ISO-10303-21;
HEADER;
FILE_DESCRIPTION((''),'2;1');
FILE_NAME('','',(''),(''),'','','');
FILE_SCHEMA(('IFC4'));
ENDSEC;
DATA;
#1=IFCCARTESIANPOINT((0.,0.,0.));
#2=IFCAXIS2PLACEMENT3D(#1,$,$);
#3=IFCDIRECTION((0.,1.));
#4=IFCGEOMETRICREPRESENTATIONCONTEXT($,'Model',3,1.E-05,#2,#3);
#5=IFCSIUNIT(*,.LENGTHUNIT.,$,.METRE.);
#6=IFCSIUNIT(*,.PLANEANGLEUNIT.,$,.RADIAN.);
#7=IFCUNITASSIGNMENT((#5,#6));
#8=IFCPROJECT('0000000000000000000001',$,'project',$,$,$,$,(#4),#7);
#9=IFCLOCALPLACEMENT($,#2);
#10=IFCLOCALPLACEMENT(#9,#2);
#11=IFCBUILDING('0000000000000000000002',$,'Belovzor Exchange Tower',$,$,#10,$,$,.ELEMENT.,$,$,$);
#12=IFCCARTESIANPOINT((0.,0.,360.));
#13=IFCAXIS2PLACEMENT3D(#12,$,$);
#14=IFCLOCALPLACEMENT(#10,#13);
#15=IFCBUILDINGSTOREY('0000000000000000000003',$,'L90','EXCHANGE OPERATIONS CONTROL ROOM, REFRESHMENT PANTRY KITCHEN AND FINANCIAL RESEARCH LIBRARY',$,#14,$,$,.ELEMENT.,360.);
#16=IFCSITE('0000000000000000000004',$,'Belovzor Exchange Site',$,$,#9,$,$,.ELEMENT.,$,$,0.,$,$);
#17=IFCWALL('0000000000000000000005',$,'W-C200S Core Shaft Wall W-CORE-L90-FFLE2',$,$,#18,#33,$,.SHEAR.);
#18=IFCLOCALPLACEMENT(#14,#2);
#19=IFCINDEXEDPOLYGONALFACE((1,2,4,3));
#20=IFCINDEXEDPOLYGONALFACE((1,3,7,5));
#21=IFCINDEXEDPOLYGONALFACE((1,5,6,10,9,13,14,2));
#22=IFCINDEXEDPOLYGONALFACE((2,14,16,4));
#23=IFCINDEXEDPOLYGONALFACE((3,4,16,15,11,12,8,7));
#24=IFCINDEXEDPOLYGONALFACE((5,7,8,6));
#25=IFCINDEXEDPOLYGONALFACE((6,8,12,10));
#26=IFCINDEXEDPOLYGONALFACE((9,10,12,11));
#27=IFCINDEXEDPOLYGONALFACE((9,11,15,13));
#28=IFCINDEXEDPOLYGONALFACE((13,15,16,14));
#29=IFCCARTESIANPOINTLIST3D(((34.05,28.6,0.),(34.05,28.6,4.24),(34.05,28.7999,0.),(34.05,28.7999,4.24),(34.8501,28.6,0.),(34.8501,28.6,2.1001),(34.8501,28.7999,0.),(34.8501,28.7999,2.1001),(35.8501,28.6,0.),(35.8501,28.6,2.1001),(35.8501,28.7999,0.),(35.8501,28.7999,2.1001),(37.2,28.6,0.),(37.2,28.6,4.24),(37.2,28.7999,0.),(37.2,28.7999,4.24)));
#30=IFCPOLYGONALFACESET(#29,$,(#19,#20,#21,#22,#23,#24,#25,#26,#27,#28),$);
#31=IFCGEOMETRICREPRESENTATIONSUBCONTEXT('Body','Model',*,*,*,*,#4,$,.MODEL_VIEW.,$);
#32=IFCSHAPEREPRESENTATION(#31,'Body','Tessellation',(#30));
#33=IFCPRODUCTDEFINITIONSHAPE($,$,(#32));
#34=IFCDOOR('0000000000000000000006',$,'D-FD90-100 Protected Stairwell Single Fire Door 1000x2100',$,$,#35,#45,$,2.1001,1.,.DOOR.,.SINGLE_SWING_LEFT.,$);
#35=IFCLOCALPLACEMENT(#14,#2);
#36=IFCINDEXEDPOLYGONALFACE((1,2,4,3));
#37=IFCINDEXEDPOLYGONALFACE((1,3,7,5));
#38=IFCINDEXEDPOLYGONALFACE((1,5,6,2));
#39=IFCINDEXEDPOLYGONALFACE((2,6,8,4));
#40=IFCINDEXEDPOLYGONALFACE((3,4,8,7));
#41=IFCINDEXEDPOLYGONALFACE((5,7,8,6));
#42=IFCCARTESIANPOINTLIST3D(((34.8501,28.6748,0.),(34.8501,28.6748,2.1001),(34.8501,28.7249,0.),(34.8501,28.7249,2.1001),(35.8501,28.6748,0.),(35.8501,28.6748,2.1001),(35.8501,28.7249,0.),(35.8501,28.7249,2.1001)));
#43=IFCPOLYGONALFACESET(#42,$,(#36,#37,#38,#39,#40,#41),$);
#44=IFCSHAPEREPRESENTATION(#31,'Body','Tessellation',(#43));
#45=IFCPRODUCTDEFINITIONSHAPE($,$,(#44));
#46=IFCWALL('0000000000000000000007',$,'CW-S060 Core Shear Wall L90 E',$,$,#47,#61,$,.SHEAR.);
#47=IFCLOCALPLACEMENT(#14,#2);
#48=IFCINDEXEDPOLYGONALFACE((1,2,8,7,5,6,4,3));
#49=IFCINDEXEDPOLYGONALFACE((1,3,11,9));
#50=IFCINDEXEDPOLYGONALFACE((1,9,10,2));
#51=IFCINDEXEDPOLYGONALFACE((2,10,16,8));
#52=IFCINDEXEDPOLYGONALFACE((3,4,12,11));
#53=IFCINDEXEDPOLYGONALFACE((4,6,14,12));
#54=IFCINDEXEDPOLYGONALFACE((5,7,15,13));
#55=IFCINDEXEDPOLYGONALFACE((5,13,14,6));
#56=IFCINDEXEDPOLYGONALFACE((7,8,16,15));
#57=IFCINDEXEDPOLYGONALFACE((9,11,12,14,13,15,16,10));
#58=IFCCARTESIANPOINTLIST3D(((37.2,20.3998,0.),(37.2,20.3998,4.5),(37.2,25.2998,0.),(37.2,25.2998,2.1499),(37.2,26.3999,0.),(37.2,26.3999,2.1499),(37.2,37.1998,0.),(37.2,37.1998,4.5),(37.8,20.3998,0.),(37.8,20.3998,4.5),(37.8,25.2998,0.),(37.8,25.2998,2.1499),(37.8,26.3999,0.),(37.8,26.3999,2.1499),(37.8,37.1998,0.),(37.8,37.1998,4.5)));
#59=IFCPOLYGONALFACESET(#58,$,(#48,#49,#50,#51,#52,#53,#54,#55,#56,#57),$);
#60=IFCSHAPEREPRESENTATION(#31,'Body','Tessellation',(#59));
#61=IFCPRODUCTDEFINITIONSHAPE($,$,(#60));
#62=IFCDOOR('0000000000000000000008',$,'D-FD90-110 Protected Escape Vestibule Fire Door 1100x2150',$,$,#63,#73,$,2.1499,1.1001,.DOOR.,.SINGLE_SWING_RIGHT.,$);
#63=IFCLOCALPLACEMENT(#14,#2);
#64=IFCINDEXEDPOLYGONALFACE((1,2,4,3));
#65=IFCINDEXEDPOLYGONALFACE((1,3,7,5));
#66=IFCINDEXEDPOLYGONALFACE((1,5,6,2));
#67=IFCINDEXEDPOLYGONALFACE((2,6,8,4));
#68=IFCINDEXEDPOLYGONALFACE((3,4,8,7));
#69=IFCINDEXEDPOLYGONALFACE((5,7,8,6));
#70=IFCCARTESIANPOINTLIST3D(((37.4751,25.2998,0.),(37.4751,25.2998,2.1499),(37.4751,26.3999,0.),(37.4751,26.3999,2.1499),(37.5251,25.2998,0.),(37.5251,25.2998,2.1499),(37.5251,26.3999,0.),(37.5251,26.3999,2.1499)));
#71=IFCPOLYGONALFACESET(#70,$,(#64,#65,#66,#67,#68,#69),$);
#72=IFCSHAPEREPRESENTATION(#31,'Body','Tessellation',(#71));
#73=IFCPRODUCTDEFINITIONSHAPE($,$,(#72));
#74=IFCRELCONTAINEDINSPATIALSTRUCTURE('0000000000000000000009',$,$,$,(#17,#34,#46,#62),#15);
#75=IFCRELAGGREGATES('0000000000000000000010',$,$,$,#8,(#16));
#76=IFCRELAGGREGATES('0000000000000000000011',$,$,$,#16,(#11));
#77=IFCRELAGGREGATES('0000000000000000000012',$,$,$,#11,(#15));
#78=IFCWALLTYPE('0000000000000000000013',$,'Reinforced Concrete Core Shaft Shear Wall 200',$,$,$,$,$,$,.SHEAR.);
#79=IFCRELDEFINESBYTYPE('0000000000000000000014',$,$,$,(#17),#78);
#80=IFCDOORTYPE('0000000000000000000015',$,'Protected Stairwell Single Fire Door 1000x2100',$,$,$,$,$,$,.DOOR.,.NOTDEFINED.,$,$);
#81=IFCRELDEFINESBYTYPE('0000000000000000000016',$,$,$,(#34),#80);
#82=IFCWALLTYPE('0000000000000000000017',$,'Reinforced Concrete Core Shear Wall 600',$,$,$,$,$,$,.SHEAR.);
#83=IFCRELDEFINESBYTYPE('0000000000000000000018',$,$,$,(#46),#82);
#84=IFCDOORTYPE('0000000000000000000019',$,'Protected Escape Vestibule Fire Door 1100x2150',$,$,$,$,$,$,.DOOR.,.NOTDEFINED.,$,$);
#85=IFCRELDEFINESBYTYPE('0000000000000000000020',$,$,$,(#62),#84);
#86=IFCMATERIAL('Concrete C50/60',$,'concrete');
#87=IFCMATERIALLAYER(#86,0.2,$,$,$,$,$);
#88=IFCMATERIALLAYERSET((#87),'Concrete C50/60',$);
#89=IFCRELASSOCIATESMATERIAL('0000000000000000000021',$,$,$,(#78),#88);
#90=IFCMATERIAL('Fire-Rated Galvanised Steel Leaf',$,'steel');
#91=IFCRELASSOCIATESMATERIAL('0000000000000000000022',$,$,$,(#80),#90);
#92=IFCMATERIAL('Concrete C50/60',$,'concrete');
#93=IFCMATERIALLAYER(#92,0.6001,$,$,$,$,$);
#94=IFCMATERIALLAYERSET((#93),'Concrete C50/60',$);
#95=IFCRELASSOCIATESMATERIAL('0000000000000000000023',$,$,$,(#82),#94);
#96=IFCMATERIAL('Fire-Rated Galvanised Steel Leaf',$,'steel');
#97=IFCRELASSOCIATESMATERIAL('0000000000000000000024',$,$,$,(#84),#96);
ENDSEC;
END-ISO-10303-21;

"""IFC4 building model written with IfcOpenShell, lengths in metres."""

from ifc_helpers import new_model, si_unit, direction, frame, frame_2d, origin, place, context, subcontext, project, spatial, rectangle, extrude, material, layer, layer_set, type_object, element, fill, save


model = new_model("IFC4")

# Units and contexts
model_context = context("Model", 3, precision=1e-05, world=origin(), true_north=direction((0.0, 1.0)))
body_context = subcontext(model_context, "Body", "Model", "MODEL_VIEW")
ifc_project = project(units=[si_unit("LENGTHUNIT", "METRE"), si_unit("PLANEANGLEUNIT", "RADIAN")], contexts=[model_context])

# Site, building, storey
site_placement = place(None, origin())
site = spatial("IfcSite", under=ifc_project, at=site_placement, Name="Belovzor Exchange Site", CompositionType="ELEMENT", RefElevation=0.0)
building_placement = place(site_placement, origin())
building = spatial("IfcBuilding", under=site, at=building_placement, Name="Belovzor Exchange Tower", CompositionType="ELEMENT")
storey_placement = place(building_placement, frame((0.0, 0.0, 360.0)))
storey = spatial("IfcBuildingStorey", under=building, at=storey_placement, Name="L90", Description="EXCHANGE OPERATIONS CONTROL ROOM, REFRESHMENT PANTRY KITCHEN AND FINANCIAL RESEARCH LIBRARY", CompositionType="ELEMENT", Elevation=360.0)

# Walls, openings, doors
ifc_material_1 = material(Name="Concrete C50/60", Category="concrete")
ifc_layer_1 = layer(ifc_material_1, 0.2)
ifc_layer_set_1 = layer_set([ifc_layer_1], Name="Concrete C50/60")
wall_type_1 = type_object("IfcWallType", Name="Reinforced Concrete Core Shaft Shear Wall 200", PredefinedType="SHEAR", material=ifc_layer_set_1)
wall_1_placement = place(storey_placement, frame((34.05, 28.7, 0.0), z_axis=(0.0, 0.0, 1.0), x_axis=(1.0, 0.0, 0.0)))
wall_1 = element("IfcWall", 1, at=wall_1_placement, inside=storey, type_object=wall_type_1, Name="W-C200S Core Shaft Wall W-CORE-L90-FFLE2", PredefinedType="SHEAR", context=body_context, shape_type="SweptSolid", body=[
    extrude(rectangle(XDim=3.1499, YDim=0.2, at=frame_2d((1.575, 0.0))), origin(), (0.0, 0.0, 1.0), 4.24),
])
opening_1_placement = place(wall_1_placement, frame((0.8, 0.0, 0.0)))
opening_1 = element("IfcOpeningElement", 2, at=opening_1_placement, cuts=wall_1, PredefinedType="OPENING", context=body_context, shape_type="SweptSolid", body=[
    extrude(rectangle(XDim=1.0, YDim=2.1001, at=frame_2d((0.5, 1.05))), frame((0.0, 0.1099, 0.0), z_axis=(0.0, -1.0, 0.0), x_axis=(1.0, 0.0, 0.0)), (0.0, 0.0, 1.0), 0.22),
])
ifc_material_2 = material(Name="Fire-Rated Galvanised Steel Leaf", Category="steel")
door_type_1 = type_object("IfcDoorType", Name="Protected Stairwell Single Fire Door 1000x2100", OperationType="NOTDEFINED", PredefinedType="DOOR", material=ifc_material_2)
door_1_placement = place(opening_1_placement, origin())
door_1 = element("IfcDoor", 3, at=door_1_placement, inside=storey, type_object=door_type_1, Name="D-FD90-100 Protected Stairwell Single Fire Door 1000x2100", OperationType="SINGLE_SWING_LEFT", OverallHeight=2.1001, OverallWidth=1.0, PredefinedType="DOOR", context=body_context, shape_type="SweptSolid", body=[
    extrude(rectangle(XDim=1.0, YDim=2.1001, at=frame_2d((0.5, 1.05))), frame((0.0, 0.0249, 0.0), z_axis=(0.0, -1.0, 0.0), x_axis=(1.0, 0.0, 0.0)), (0.0, 0.0, 1.0), 0.05),
])
fill(opening_1, door_1)
ifc_material_3 = material(Name="Concrete C50/60", Category="concrete")
ifc_layer_2 = layer(ifc_material_3, 0.6001)
ifc_layer_set_2 = layer_set([ifc_layer_2], Name="Concrete C50/60")
wall_type_2 = type_object("IfcWallType", Name="Reinforced Concrete Core Shear Wall 600", PredefinedType="SHEAR", material=ifc_layer_set_2)
wall_2_placement = place(storey_placement, frame((37.5, 20.3999, 0.0), z_axis=(0.0, 0.0, 1.0), x_axis=(0.0, 1.0, 0.0)))
wall_2 = element("IfcWall", 4, at=wall_2_placement, inside=storey, type_object=wall_type_2, Name="CW-S060 Core Shear Wall L90 E", PredefinedType="SHEAR", context=body_context, shape_type="SweptSolid", body=[
    extrude(rectangle(XDim=16.8, YDim=0.6001, at=frame_2d((8.3999, 0.0))), origin(), (0.0, 0.0, 1.0), 4.5),
])
opening_2_placement = place(wall_2_placement, frame((4.8999, 0.0, 0.0)))
opening_2 = element("IfcOpeningElement", 5, at=opening_2_placement, cuts=wall_2, PredefinedType="OPENING", context=body_context, shape_type="SweptSolid", body=[
    extrude(rectangle(XDim=1.1001, YDim=2.1499, at=frame_2d((0.55, 1.075))), frame((0.0, 0.3101, 0.0), z_axis=(0.0, -1.0, 0.0), x_axis=(1.0, 0.0, 0.0)), (0.0, 0.0, 1.0), 0.6201),
])
ifc_material_4 = material(Name="Fire-Rated Galvanised Steel Leaf", Category="steel")
door_type_2 = type_object("IfcDoorType", Name="Protected Escape Vestibule Fire Door 1100x2150", OperationType="NOTDEFINED", PredefinedType="DOOR", material=ifc_material_4)
door_2_placement = place(opening_2_placement, origin())
door_2 = element("IfcDoor", 6, at=door_2_placement, inside=storey, type_object=door_type_2, Name="D-FD90-110 Protected Escape Vestibule Fire Door 1100x2150", OperationType="SINGLE_SWING_RIGHT", OverallHeight=2.1499, OverallWidth=1.1001, PredefinedType="DOOR", context=body_context, shape_type="SweptSolid", body=[
    extrude(rectangle(XDim=1.1001, YDim=2.1499, at=frame_2d((0.55, 1.075))), frame((0.0, 0.0249, 0.0), z_axis=(0.0, -1.0, 0.0), x_axis=(1.0, 0.0, 0.0)), (0.0, 0.0, 1.0), 0.05),
])
fill(opening_2, door_2)

save(model, "model.ifc")
